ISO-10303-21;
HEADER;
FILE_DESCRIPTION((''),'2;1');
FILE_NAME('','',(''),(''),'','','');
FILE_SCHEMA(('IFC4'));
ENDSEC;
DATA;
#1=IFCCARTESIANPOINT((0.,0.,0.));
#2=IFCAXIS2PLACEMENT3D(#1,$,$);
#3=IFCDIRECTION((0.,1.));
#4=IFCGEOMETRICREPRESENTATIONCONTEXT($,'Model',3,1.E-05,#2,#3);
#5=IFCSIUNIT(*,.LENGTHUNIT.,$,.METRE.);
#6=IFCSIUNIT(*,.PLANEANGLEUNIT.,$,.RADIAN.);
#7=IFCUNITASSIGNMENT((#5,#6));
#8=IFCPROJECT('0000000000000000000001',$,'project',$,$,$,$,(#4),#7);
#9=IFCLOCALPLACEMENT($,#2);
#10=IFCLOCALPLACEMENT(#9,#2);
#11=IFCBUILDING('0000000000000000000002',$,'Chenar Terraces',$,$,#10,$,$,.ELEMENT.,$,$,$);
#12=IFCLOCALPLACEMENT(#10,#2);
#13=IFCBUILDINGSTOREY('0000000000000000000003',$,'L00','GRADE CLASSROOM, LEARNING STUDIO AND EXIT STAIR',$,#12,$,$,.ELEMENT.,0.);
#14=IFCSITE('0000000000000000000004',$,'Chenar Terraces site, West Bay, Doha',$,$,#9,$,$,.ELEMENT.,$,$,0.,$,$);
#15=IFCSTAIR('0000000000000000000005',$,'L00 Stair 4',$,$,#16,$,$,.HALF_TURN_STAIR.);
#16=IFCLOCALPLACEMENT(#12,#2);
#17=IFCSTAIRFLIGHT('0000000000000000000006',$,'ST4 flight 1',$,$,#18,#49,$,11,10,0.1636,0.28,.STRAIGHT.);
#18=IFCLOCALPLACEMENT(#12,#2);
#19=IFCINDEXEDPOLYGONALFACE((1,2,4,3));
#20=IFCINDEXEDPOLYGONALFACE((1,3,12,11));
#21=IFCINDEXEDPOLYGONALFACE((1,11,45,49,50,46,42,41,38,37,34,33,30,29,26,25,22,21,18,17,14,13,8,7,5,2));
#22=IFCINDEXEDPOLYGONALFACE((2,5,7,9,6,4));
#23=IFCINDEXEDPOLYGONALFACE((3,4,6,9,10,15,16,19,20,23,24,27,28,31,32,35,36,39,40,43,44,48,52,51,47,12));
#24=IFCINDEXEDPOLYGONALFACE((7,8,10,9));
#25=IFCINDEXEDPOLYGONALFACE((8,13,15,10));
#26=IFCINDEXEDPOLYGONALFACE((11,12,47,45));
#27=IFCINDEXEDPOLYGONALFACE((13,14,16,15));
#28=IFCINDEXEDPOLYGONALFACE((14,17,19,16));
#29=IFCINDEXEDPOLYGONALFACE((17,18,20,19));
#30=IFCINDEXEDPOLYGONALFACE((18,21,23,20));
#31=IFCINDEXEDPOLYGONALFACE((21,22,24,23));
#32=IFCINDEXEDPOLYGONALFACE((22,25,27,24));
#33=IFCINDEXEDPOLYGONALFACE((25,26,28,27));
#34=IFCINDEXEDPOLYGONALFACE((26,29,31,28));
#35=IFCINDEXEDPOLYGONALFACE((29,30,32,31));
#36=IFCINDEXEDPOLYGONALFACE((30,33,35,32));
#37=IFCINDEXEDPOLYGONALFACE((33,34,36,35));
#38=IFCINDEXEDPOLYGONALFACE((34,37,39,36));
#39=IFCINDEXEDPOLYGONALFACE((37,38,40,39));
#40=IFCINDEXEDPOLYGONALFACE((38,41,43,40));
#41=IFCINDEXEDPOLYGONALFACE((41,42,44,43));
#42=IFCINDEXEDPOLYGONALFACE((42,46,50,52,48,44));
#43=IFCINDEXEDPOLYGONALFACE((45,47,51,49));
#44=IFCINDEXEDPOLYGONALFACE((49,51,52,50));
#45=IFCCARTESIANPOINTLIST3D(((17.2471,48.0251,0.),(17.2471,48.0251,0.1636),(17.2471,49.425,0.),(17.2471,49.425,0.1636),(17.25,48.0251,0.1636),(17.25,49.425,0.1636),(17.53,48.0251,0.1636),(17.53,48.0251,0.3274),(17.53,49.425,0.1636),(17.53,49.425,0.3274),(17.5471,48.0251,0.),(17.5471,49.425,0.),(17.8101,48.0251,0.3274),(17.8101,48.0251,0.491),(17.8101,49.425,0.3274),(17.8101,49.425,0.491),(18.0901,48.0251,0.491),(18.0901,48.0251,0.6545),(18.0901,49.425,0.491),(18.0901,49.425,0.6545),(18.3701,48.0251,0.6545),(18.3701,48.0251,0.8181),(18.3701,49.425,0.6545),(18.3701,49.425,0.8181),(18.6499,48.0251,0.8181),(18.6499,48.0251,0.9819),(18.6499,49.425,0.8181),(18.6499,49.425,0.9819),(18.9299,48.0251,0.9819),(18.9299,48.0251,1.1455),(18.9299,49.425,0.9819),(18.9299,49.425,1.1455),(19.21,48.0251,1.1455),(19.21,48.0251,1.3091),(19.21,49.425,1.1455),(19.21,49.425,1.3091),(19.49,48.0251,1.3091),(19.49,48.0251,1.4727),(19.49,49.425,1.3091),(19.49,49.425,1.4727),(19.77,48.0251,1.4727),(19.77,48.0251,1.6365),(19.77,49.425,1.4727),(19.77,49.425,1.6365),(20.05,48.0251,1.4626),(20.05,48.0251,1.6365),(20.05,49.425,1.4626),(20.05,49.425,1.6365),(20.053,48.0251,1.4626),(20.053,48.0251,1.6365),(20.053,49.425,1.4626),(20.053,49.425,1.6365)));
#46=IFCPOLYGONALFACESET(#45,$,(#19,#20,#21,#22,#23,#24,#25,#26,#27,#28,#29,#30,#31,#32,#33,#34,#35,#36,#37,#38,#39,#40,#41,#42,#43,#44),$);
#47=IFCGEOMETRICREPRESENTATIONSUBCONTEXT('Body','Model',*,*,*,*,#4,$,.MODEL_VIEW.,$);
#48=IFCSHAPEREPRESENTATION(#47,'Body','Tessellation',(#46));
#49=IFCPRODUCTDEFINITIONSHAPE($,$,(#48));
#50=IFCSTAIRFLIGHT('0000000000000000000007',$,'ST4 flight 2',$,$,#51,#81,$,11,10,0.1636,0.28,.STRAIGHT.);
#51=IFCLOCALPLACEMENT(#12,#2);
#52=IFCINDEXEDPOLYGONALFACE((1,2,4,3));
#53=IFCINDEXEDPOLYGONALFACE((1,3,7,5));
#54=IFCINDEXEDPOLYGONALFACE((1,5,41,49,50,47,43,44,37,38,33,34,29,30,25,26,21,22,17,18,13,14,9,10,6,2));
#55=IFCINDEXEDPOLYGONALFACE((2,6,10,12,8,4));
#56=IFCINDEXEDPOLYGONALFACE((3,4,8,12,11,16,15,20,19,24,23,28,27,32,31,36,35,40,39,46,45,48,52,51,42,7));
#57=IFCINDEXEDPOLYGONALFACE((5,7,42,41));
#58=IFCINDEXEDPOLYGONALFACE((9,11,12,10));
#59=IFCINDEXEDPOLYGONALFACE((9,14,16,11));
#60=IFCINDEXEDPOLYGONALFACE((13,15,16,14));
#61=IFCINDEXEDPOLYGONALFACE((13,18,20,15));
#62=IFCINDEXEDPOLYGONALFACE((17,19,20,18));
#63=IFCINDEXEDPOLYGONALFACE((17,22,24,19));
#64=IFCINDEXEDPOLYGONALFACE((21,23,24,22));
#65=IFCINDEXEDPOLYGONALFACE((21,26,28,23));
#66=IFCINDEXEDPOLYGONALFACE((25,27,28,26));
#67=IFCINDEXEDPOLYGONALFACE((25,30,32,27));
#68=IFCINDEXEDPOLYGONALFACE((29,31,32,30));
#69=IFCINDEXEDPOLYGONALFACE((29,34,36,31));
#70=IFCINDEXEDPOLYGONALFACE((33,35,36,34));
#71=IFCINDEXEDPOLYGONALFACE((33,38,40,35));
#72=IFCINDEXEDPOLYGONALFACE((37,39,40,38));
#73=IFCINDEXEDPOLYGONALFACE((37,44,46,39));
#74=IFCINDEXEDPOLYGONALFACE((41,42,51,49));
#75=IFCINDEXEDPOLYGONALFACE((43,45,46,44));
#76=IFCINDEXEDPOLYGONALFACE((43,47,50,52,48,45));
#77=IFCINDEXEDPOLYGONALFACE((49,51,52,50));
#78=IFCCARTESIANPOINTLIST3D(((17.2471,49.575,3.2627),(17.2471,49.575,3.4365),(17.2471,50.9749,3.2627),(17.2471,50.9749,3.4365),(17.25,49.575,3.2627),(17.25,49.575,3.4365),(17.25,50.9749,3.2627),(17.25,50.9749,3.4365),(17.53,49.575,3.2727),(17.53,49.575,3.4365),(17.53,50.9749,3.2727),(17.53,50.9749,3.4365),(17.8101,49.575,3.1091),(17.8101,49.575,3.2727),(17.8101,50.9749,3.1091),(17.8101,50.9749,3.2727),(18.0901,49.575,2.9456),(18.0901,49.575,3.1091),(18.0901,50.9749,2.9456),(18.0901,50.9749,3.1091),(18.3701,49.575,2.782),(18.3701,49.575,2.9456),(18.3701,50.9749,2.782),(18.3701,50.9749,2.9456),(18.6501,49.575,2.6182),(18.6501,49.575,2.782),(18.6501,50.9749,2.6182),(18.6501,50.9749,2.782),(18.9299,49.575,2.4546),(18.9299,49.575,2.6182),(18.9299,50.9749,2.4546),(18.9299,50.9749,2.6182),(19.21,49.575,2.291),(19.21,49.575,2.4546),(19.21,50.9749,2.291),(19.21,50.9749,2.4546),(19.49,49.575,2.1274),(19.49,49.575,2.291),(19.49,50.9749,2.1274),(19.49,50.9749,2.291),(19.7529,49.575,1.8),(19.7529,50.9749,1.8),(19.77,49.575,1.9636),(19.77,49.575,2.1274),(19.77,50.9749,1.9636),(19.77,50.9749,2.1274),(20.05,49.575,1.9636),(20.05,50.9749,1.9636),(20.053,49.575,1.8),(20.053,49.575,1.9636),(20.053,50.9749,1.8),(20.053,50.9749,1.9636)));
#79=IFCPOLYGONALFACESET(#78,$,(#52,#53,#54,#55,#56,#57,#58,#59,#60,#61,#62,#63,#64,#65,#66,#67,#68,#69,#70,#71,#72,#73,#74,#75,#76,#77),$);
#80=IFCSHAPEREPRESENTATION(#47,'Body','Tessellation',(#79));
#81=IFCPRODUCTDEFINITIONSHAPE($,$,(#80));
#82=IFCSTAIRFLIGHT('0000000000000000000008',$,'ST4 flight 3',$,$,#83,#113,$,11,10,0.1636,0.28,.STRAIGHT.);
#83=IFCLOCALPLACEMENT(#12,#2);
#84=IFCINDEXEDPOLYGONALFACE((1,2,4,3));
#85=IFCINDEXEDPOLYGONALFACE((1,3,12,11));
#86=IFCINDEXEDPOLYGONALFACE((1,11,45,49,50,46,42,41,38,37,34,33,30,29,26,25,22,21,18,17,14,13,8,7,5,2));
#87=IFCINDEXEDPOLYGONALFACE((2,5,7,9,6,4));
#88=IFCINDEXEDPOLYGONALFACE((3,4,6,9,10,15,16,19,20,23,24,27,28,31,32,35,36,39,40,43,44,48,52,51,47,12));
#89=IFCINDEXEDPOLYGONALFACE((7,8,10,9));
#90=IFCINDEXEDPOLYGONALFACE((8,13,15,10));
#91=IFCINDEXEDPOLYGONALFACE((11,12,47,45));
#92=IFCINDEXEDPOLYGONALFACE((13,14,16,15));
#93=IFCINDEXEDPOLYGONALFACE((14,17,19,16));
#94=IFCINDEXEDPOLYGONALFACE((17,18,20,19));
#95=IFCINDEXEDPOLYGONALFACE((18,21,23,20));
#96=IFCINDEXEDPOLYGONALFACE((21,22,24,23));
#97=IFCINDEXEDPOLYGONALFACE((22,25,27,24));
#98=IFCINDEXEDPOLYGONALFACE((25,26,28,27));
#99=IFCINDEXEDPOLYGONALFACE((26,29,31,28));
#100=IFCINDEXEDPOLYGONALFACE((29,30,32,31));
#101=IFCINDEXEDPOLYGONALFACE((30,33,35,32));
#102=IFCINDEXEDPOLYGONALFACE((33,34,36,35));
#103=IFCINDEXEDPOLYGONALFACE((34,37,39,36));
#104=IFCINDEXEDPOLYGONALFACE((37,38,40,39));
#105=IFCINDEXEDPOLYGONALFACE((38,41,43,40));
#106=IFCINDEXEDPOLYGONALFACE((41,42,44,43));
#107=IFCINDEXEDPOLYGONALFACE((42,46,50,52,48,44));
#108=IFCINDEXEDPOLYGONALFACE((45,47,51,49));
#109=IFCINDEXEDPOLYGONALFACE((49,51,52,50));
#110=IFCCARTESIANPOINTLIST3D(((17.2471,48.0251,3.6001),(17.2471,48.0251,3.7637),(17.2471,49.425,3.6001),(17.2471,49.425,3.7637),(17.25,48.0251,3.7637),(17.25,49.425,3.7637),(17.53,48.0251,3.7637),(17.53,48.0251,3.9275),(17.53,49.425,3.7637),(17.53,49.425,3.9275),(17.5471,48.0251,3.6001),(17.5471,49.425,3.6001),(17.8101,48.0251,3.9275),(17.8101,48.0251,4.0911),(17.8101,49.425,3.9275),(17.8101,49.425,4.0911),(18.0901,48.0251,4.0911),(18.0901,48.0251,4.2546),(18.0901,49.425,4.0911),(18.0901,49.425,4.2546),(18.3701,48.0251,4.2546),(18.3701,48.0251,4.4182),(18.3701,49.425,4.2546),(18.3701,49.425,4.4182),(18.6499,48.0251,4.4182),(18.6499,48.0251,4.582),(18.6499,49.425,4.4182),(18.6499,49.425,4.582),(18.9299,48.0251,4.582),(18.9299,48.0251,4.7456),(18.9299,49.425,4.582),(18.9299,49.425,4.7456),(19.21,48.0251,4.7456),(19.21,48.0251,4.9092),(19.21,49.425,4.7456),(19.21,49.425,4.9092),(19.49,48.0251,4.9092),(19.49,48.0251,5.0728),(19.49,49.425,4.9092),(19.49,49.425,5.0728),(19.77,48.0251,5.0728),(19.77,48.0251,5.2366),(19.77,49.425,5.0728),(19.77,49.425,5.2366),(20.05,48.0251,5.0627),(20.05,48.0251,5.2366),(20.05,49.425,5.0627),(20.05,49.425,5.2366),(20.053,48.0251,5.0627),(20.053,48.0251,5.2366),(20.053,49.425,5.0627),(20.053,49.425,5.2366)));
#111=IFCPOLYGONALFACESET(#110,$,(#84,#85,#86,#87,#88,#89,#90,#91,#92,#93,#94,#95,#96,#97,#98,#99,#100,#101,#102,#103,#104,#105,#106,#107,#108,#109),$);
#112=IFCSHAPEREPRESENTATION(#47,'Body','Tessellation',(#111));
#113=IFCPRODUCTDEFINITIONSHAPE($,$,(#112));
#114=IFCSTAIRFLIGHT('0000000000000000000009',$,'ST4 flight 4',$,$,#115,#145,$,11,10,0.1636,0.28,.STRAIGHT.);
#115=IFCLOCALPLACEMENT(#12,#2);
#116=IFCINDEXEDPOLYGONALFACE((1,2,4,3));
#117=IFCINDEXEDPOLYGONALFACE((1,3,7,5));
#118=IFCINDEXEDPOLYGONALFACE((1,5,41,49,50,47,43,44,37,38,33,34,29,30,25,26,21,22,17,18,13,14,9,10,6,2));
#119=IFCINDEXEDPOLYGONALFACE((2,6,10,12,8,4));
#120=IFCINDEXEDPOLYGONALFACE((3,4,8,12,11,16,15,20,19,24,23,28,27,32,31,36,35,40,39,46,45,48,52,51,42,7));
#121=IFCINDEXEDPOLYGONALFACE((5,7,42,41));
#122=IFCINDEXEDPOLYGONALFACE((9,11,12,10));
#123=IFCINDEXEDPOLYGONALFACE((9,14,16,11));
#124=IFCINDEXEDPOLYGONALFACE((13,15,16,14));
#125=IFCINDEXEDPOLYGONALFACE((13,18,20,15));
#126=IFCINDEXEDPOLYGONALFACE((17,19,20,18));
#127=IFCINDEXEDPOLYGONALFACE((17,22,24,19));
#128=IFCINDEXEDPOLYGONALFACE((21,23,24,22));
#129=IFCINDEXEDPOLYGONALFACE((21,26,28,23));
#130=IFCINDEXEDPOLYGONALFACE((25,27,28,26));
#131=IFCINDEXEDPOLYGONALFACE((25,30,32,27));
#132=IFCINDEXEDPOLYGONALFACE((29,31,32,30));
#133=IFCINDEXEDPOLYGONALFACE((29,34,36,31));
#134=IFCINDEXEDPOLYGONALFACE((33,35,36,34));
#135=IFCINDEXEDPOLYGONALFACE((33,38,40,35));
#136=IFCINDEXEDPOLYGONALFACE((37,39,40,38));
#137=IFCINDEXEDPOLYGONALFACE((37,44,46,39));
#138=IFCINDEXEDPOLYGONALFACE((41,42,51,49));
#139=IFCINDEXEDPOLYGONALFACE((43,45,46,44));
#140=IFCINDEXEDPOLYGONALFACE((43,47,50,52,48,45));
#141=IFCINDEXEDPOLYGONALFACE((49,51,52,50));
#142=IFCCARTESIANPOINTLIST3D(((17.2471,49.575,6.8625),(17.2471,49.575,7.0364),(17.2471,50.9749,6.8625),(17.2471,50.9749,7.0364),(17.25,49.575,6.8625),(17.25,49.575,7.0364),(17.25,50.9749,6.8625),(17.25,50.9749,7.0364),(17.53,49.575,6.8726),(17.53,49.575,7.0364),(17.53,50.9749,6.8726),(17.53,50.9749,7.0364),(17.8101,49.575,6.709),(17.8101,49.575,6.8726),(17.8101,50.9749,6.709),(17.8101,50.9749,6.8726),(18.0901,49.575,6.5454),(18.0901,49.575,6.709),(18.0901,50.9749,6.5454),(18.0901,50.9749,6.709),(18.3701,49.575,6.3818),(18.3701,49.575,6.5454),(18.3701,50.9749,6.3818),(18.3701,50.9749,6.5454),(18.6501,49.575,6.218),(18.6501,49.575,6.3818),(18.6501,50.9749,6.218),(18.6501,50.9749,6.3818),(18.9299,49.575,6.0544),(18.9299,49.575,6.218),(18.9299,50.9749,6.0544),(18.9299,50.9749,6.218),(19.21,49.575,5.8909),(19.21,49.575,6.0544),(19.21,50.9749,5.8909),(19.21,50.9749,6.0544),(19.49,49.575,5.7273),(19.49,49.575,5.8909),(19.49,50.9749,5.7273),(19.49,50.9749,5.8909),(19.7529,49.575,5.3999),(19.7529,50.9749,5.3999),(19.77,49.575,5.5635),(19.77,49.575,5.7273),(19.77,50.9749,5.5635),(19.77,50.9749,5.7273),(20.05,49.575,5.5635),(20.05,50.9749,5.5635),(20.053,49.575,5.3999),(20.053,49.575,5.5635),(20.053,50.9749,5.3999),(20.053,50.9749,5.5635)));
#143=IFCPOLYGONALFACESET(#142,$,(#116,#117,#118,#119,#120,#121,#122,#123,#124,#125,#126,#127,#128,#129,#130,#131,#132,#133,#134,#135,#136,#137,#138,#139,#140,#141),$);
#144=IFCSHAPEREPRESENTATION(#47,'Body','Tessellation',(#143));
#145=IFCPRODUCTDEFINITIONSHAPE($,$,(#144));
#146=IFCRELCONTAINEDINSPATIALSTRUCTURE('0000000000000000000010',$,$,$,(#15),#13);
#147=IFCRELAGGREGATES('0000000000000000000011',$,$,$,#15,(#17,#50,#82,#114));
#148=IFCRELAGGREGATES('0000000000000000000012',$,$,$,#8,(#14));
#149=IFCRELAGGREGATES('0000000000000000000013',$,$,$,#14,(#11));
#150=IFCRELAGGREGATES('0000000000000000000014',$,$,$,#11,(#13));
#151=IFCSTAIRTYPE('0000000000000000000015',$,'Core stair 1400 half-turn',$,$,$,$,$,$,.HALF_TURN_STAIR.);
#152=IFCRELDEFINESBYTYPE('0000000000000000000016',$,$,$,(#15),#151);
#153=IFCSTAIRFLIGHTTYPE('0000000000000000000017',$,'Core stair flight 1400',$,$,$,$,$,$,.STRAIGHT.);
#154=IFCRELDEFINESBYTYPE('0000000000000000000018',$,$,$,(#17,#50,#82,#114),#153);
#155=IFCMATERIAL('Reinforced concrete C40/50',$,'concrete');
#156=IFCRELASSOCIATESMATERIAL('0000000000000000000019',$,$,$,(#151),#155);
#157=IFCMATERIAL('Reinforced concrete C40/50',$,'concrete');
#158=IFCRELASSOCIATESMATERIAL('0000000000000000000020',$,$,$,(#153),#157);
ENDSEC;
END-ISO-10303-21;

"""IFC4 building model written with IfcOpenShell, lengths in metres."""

from ifc_helpers import new_model, si_unit, direction, frame, origin, place, context, subcontext, project, spatial, polyline, outline, extrude, material, type_object, element, aggregate, save


model = new_model("IFC4")

# Units and contexts
model_context = context("Model", 3, precision=1e-05, world=origin(), true_north=direction((0.0, 1.0)))
body_context = subcontext(model_context, "Body", "Model", "MODEL_VIEW")
ifc_project = project(units=[si_unit("LENGTHUNIT", "METRE"), si_unit("PLANEANGLEUNIT", "RADIAN")], contexts=[model_context])

# Site, building, storey
site_placement = place(None, origin())
site = spatial("IfcSite", under=ifc_project, at=site_placement, Name="Chenar Terraces site, West Bay, Doha", CompositionType="ELEMENT", RefElevation=0.0)
building_placement = place(site_placement, origin())
building = spatial("IfcBuilding", under=site, at=building_placement, Name="Chenar Terraces", CompositionType="ELEMENT")
storey_placement = place(building_placement, origin())
storey = spatial("IfcBuildingStorey", under=building, at=storey_placement, Name="L00", Description="GRADE CLASSROOM, LEARNING STUDIO AND EXIT STAIR", CompositionType="ELEMENT", Elevation=0.0)

# Stair, stair flights
ifc_material_1 = material(Name="Reinforced concrete C40/50", Category="concrete")
stair_type = type_object("IfcStairType", Name="Core stair 1400 half-turn", PredefinedType="HALF_TURN_STAIR", material=ifc_material_1)
stair_placement = place(storey_placement, origin())
stair = element("IfcStair", 1, at=stair_placement, inside=storey, type_object=stair_type, Name="L00 Stair 4", PredefinedType="HALF_TURN_STAIR")
ifc_material_2 = material(Name="Reinforced concrete C40/50", Category="concrete")
stair_flight_type = type_object("IfcStairFlightType", Name="Core stair flight 1400", PredefinedType="STRAIGHT", material=ifc_material_2)
stair_flight_1_placement = place(storey_placement, frame((17.25, 48.7251, 0.0), z_axis=(0.0, 0.0, 1.0), x_axis=(1.0, 0.0, 0.0)))
stair_flight_1 = element("IfcStairFlight", 2, at=stair_flight_1_placement, type_object=stair_flight_type, Name="ST4 flight 1", NumberOfRisers=11, NumberOfTreads=10, PredefinedType="STRAIGHT", RiserHeight=0.1636, TreadLength=0.28, context=body_context, shape_type="SweptSolid", body=[
    extrude(outline(polyline([(-0.0029, 0.0), (-0.0029, 0.1636), (0.0, 0.1636), (0.28, 0.1636), (0.28, 0.3274), (0.5601, 0.3274), (0.5601, 0.491), (0.8401, 0.491), (0.8401, 0.6545), (1.1201, 0.6545), (1.1201, 0.8181), (1.3999, 0.8181), (1.3999, 0.9819), (1.6799, 0.9819), (1.6799, 1.1455), (1.96, 1.1455), (1.96, 1.3091), (2.24, 1.3091), (2.24, 1.4727), (2.52, 1.4727), (2.52, 1.6365), (2.8, 1.6365), (2.803, 1.6365), (2.803, 1.4626), (2.8, 1.4626), (0.2971, 0.0), (-0.0029, 0.0)])), frame((0.0, 0.7, 0.0), z_axis=(0.0, -1.0, 0.0), x_axis=(1.0, 0.0, 0.0)), (0.0, 0.0, 1.0), 1.3999),
])
stair_flight_2_placement = place(storey_placement, frame((20.05, 50.2749, 1.8), z_axis=(0.0, 0.0, 1.0), x_axis=(-1.0, 0.0, 0.0)))
stair_flight_2 = element("IfcStairFlight", 3, at=stair_flight_2_placement, type_object=stair_flight_type, Name="ST4 flight 2", NumberOfRisers=11, NumberOfTreads=10, PredefinedType="STRAIGHT", RiserHeight=0.1636, TreadLength=0.28, context=body_context, shape_type="SweptSolid", body=[
    extrude(outline(polyline([(-0.0029, 0.0), (-0.0029, 0.1636), (0.0, 0.1636), (0.28, 0.1636), (0.28, 0.3274), (0.5601, 0.3274), (0.5601, 0.491), (0.8401, 0.491), (0.8401, 0.6545), (1.1201, 0.6545), (1.1201, 0.8181), (1.3999, 0.8181), (1.3999, 0.9819), (1.6799, 0.9819), (1.6799, 1.1455), (1.96, 1.1455), (1.96, 1.3091), (2.24, 1.3091), (2.24, 1.4727), (2.52, 1.4727), (2.52, 1.6365), (2.8, 1.6365), (2.803, 1.6365), (2.803, 1.4626), (2.8, 1.4626), (0.2971, 0.0), (-0.0029, 0.0)])), frame((0.0, 0.7, 0.0), z_axis=(0.0, -1.0, 0.0), x_axis=(1.0, 0.0, 0.0)), (0.0, 0.0, 1.0), 1.3999),
])
stair_flight_3_placement = place(storey_placement, frame((17.25, 48.7251, 3.6001), z_axis=(0.0, 0.0, 1.0), x_axis=(1.0, 0.0, 0.0)))
stair_flight_3 = element("IfcStairFlight", 4, at=stair_flight_3_placement, type_object=stair_flight_type, Name="ST4 flight 3", NumberOfRisers=11, NumberOfTreads=10, PredefinedType="STRAIGHT", RiserHeight=0.1636, TreadLength=0.28, context=body_context, shape_type="SweptSolid", body=[
    extrude(outline(polyline([(-0.0029, 0.0), (-0.0029, 0.1636), (0.0, 0.1636), (0.28, 0.1636), (0.28, 0.3274), (0.5601, 0.3274), (0.5601, 0.491), (0.8401, 0.491), (0.8401, 0.6545), (1.1201, 0.6545), (1.1201, 0.8181), (1.3999, 0.8181), (1.3999, 0.9819), (1.6799, 0.9819), (1.6799, 1.1455), (1.96, 1.1455), (1.96, 1.3091), (2.24, 1.3091), (2.24, 1.4727), (2.52, 1.4727), (2.52, 1.6365), (2.8, 1.6365), (2.803, 1.6365), (2.803, 1.4626), (2.8, 1.4626), (0.2971, 0.0), (-0.0029, 0.0)])), frame((0.0, 0.7, 0.0), z_axis=(0.0, -1.0, 0.0), x_axis=(1.0, 0.0, 0.0)), (0.0, 0.0, 1.0), 1.3999),
])
stair_flight_4_placement = place(storey_placement, frame((20.05, 50.2749, 5.3999), z_axis=(0.0, 0.0, 1.0), x_axis=(-1.0, 0.0, 0.0)))
stair_flight_4 = element("IfcStairFlight", 5, at=stair_flight_4_placement, type_object=stair_flight_type, Name="ST4 flight 4", NumberOfRisers=11, NumberOfTreads=10, PredefinedType="STRAIGHT", RiserHeight=0.1636, TreadLength=0.28, context=body_context, shape_type="SweptSolid", body=[
    extrude(outline(polyline([(-0.0029, 0.0), (-0.0029, 0.1636), (0.0, 0.1636), (0.28, 0.1636), (0.28, 0.3274), (0.5601, 0.3274), (0.5601, 0.491), (0.8401, 0.491), (0.8401, 0.6545), (1.1201, 0.6545), (1.1201, 0.8181), (1.3999, 0.8181), (1.3999, 0.9819), (1.6799, 0.9819), (1.6799, 1.1455), (1.96, 1.1455), (1.96, 1.3091), (2.24, 1.3091), (2.24, 1.4727), (2.52, 1.4727), (2.52, 1.6365), (2.8, 1.6365), (2.803, 1.6365), (2.803, 1.4626), (2.8, 1.4626), (0.2971, 0.0), (-0.0029, 0.0)])), frame((0.0, 0.7, 0.0), z_axis=(0.0, -1.0, 0.0), x_axis=(1.0, 0.0, 0.0)), (0.0, 0.0, 1.0), 1.3999),
])
aggregate(stair, [stair_flight_1, stair_flight_2, stair_flight_3, stair_flight_4])

save(model, "model.ifc")
